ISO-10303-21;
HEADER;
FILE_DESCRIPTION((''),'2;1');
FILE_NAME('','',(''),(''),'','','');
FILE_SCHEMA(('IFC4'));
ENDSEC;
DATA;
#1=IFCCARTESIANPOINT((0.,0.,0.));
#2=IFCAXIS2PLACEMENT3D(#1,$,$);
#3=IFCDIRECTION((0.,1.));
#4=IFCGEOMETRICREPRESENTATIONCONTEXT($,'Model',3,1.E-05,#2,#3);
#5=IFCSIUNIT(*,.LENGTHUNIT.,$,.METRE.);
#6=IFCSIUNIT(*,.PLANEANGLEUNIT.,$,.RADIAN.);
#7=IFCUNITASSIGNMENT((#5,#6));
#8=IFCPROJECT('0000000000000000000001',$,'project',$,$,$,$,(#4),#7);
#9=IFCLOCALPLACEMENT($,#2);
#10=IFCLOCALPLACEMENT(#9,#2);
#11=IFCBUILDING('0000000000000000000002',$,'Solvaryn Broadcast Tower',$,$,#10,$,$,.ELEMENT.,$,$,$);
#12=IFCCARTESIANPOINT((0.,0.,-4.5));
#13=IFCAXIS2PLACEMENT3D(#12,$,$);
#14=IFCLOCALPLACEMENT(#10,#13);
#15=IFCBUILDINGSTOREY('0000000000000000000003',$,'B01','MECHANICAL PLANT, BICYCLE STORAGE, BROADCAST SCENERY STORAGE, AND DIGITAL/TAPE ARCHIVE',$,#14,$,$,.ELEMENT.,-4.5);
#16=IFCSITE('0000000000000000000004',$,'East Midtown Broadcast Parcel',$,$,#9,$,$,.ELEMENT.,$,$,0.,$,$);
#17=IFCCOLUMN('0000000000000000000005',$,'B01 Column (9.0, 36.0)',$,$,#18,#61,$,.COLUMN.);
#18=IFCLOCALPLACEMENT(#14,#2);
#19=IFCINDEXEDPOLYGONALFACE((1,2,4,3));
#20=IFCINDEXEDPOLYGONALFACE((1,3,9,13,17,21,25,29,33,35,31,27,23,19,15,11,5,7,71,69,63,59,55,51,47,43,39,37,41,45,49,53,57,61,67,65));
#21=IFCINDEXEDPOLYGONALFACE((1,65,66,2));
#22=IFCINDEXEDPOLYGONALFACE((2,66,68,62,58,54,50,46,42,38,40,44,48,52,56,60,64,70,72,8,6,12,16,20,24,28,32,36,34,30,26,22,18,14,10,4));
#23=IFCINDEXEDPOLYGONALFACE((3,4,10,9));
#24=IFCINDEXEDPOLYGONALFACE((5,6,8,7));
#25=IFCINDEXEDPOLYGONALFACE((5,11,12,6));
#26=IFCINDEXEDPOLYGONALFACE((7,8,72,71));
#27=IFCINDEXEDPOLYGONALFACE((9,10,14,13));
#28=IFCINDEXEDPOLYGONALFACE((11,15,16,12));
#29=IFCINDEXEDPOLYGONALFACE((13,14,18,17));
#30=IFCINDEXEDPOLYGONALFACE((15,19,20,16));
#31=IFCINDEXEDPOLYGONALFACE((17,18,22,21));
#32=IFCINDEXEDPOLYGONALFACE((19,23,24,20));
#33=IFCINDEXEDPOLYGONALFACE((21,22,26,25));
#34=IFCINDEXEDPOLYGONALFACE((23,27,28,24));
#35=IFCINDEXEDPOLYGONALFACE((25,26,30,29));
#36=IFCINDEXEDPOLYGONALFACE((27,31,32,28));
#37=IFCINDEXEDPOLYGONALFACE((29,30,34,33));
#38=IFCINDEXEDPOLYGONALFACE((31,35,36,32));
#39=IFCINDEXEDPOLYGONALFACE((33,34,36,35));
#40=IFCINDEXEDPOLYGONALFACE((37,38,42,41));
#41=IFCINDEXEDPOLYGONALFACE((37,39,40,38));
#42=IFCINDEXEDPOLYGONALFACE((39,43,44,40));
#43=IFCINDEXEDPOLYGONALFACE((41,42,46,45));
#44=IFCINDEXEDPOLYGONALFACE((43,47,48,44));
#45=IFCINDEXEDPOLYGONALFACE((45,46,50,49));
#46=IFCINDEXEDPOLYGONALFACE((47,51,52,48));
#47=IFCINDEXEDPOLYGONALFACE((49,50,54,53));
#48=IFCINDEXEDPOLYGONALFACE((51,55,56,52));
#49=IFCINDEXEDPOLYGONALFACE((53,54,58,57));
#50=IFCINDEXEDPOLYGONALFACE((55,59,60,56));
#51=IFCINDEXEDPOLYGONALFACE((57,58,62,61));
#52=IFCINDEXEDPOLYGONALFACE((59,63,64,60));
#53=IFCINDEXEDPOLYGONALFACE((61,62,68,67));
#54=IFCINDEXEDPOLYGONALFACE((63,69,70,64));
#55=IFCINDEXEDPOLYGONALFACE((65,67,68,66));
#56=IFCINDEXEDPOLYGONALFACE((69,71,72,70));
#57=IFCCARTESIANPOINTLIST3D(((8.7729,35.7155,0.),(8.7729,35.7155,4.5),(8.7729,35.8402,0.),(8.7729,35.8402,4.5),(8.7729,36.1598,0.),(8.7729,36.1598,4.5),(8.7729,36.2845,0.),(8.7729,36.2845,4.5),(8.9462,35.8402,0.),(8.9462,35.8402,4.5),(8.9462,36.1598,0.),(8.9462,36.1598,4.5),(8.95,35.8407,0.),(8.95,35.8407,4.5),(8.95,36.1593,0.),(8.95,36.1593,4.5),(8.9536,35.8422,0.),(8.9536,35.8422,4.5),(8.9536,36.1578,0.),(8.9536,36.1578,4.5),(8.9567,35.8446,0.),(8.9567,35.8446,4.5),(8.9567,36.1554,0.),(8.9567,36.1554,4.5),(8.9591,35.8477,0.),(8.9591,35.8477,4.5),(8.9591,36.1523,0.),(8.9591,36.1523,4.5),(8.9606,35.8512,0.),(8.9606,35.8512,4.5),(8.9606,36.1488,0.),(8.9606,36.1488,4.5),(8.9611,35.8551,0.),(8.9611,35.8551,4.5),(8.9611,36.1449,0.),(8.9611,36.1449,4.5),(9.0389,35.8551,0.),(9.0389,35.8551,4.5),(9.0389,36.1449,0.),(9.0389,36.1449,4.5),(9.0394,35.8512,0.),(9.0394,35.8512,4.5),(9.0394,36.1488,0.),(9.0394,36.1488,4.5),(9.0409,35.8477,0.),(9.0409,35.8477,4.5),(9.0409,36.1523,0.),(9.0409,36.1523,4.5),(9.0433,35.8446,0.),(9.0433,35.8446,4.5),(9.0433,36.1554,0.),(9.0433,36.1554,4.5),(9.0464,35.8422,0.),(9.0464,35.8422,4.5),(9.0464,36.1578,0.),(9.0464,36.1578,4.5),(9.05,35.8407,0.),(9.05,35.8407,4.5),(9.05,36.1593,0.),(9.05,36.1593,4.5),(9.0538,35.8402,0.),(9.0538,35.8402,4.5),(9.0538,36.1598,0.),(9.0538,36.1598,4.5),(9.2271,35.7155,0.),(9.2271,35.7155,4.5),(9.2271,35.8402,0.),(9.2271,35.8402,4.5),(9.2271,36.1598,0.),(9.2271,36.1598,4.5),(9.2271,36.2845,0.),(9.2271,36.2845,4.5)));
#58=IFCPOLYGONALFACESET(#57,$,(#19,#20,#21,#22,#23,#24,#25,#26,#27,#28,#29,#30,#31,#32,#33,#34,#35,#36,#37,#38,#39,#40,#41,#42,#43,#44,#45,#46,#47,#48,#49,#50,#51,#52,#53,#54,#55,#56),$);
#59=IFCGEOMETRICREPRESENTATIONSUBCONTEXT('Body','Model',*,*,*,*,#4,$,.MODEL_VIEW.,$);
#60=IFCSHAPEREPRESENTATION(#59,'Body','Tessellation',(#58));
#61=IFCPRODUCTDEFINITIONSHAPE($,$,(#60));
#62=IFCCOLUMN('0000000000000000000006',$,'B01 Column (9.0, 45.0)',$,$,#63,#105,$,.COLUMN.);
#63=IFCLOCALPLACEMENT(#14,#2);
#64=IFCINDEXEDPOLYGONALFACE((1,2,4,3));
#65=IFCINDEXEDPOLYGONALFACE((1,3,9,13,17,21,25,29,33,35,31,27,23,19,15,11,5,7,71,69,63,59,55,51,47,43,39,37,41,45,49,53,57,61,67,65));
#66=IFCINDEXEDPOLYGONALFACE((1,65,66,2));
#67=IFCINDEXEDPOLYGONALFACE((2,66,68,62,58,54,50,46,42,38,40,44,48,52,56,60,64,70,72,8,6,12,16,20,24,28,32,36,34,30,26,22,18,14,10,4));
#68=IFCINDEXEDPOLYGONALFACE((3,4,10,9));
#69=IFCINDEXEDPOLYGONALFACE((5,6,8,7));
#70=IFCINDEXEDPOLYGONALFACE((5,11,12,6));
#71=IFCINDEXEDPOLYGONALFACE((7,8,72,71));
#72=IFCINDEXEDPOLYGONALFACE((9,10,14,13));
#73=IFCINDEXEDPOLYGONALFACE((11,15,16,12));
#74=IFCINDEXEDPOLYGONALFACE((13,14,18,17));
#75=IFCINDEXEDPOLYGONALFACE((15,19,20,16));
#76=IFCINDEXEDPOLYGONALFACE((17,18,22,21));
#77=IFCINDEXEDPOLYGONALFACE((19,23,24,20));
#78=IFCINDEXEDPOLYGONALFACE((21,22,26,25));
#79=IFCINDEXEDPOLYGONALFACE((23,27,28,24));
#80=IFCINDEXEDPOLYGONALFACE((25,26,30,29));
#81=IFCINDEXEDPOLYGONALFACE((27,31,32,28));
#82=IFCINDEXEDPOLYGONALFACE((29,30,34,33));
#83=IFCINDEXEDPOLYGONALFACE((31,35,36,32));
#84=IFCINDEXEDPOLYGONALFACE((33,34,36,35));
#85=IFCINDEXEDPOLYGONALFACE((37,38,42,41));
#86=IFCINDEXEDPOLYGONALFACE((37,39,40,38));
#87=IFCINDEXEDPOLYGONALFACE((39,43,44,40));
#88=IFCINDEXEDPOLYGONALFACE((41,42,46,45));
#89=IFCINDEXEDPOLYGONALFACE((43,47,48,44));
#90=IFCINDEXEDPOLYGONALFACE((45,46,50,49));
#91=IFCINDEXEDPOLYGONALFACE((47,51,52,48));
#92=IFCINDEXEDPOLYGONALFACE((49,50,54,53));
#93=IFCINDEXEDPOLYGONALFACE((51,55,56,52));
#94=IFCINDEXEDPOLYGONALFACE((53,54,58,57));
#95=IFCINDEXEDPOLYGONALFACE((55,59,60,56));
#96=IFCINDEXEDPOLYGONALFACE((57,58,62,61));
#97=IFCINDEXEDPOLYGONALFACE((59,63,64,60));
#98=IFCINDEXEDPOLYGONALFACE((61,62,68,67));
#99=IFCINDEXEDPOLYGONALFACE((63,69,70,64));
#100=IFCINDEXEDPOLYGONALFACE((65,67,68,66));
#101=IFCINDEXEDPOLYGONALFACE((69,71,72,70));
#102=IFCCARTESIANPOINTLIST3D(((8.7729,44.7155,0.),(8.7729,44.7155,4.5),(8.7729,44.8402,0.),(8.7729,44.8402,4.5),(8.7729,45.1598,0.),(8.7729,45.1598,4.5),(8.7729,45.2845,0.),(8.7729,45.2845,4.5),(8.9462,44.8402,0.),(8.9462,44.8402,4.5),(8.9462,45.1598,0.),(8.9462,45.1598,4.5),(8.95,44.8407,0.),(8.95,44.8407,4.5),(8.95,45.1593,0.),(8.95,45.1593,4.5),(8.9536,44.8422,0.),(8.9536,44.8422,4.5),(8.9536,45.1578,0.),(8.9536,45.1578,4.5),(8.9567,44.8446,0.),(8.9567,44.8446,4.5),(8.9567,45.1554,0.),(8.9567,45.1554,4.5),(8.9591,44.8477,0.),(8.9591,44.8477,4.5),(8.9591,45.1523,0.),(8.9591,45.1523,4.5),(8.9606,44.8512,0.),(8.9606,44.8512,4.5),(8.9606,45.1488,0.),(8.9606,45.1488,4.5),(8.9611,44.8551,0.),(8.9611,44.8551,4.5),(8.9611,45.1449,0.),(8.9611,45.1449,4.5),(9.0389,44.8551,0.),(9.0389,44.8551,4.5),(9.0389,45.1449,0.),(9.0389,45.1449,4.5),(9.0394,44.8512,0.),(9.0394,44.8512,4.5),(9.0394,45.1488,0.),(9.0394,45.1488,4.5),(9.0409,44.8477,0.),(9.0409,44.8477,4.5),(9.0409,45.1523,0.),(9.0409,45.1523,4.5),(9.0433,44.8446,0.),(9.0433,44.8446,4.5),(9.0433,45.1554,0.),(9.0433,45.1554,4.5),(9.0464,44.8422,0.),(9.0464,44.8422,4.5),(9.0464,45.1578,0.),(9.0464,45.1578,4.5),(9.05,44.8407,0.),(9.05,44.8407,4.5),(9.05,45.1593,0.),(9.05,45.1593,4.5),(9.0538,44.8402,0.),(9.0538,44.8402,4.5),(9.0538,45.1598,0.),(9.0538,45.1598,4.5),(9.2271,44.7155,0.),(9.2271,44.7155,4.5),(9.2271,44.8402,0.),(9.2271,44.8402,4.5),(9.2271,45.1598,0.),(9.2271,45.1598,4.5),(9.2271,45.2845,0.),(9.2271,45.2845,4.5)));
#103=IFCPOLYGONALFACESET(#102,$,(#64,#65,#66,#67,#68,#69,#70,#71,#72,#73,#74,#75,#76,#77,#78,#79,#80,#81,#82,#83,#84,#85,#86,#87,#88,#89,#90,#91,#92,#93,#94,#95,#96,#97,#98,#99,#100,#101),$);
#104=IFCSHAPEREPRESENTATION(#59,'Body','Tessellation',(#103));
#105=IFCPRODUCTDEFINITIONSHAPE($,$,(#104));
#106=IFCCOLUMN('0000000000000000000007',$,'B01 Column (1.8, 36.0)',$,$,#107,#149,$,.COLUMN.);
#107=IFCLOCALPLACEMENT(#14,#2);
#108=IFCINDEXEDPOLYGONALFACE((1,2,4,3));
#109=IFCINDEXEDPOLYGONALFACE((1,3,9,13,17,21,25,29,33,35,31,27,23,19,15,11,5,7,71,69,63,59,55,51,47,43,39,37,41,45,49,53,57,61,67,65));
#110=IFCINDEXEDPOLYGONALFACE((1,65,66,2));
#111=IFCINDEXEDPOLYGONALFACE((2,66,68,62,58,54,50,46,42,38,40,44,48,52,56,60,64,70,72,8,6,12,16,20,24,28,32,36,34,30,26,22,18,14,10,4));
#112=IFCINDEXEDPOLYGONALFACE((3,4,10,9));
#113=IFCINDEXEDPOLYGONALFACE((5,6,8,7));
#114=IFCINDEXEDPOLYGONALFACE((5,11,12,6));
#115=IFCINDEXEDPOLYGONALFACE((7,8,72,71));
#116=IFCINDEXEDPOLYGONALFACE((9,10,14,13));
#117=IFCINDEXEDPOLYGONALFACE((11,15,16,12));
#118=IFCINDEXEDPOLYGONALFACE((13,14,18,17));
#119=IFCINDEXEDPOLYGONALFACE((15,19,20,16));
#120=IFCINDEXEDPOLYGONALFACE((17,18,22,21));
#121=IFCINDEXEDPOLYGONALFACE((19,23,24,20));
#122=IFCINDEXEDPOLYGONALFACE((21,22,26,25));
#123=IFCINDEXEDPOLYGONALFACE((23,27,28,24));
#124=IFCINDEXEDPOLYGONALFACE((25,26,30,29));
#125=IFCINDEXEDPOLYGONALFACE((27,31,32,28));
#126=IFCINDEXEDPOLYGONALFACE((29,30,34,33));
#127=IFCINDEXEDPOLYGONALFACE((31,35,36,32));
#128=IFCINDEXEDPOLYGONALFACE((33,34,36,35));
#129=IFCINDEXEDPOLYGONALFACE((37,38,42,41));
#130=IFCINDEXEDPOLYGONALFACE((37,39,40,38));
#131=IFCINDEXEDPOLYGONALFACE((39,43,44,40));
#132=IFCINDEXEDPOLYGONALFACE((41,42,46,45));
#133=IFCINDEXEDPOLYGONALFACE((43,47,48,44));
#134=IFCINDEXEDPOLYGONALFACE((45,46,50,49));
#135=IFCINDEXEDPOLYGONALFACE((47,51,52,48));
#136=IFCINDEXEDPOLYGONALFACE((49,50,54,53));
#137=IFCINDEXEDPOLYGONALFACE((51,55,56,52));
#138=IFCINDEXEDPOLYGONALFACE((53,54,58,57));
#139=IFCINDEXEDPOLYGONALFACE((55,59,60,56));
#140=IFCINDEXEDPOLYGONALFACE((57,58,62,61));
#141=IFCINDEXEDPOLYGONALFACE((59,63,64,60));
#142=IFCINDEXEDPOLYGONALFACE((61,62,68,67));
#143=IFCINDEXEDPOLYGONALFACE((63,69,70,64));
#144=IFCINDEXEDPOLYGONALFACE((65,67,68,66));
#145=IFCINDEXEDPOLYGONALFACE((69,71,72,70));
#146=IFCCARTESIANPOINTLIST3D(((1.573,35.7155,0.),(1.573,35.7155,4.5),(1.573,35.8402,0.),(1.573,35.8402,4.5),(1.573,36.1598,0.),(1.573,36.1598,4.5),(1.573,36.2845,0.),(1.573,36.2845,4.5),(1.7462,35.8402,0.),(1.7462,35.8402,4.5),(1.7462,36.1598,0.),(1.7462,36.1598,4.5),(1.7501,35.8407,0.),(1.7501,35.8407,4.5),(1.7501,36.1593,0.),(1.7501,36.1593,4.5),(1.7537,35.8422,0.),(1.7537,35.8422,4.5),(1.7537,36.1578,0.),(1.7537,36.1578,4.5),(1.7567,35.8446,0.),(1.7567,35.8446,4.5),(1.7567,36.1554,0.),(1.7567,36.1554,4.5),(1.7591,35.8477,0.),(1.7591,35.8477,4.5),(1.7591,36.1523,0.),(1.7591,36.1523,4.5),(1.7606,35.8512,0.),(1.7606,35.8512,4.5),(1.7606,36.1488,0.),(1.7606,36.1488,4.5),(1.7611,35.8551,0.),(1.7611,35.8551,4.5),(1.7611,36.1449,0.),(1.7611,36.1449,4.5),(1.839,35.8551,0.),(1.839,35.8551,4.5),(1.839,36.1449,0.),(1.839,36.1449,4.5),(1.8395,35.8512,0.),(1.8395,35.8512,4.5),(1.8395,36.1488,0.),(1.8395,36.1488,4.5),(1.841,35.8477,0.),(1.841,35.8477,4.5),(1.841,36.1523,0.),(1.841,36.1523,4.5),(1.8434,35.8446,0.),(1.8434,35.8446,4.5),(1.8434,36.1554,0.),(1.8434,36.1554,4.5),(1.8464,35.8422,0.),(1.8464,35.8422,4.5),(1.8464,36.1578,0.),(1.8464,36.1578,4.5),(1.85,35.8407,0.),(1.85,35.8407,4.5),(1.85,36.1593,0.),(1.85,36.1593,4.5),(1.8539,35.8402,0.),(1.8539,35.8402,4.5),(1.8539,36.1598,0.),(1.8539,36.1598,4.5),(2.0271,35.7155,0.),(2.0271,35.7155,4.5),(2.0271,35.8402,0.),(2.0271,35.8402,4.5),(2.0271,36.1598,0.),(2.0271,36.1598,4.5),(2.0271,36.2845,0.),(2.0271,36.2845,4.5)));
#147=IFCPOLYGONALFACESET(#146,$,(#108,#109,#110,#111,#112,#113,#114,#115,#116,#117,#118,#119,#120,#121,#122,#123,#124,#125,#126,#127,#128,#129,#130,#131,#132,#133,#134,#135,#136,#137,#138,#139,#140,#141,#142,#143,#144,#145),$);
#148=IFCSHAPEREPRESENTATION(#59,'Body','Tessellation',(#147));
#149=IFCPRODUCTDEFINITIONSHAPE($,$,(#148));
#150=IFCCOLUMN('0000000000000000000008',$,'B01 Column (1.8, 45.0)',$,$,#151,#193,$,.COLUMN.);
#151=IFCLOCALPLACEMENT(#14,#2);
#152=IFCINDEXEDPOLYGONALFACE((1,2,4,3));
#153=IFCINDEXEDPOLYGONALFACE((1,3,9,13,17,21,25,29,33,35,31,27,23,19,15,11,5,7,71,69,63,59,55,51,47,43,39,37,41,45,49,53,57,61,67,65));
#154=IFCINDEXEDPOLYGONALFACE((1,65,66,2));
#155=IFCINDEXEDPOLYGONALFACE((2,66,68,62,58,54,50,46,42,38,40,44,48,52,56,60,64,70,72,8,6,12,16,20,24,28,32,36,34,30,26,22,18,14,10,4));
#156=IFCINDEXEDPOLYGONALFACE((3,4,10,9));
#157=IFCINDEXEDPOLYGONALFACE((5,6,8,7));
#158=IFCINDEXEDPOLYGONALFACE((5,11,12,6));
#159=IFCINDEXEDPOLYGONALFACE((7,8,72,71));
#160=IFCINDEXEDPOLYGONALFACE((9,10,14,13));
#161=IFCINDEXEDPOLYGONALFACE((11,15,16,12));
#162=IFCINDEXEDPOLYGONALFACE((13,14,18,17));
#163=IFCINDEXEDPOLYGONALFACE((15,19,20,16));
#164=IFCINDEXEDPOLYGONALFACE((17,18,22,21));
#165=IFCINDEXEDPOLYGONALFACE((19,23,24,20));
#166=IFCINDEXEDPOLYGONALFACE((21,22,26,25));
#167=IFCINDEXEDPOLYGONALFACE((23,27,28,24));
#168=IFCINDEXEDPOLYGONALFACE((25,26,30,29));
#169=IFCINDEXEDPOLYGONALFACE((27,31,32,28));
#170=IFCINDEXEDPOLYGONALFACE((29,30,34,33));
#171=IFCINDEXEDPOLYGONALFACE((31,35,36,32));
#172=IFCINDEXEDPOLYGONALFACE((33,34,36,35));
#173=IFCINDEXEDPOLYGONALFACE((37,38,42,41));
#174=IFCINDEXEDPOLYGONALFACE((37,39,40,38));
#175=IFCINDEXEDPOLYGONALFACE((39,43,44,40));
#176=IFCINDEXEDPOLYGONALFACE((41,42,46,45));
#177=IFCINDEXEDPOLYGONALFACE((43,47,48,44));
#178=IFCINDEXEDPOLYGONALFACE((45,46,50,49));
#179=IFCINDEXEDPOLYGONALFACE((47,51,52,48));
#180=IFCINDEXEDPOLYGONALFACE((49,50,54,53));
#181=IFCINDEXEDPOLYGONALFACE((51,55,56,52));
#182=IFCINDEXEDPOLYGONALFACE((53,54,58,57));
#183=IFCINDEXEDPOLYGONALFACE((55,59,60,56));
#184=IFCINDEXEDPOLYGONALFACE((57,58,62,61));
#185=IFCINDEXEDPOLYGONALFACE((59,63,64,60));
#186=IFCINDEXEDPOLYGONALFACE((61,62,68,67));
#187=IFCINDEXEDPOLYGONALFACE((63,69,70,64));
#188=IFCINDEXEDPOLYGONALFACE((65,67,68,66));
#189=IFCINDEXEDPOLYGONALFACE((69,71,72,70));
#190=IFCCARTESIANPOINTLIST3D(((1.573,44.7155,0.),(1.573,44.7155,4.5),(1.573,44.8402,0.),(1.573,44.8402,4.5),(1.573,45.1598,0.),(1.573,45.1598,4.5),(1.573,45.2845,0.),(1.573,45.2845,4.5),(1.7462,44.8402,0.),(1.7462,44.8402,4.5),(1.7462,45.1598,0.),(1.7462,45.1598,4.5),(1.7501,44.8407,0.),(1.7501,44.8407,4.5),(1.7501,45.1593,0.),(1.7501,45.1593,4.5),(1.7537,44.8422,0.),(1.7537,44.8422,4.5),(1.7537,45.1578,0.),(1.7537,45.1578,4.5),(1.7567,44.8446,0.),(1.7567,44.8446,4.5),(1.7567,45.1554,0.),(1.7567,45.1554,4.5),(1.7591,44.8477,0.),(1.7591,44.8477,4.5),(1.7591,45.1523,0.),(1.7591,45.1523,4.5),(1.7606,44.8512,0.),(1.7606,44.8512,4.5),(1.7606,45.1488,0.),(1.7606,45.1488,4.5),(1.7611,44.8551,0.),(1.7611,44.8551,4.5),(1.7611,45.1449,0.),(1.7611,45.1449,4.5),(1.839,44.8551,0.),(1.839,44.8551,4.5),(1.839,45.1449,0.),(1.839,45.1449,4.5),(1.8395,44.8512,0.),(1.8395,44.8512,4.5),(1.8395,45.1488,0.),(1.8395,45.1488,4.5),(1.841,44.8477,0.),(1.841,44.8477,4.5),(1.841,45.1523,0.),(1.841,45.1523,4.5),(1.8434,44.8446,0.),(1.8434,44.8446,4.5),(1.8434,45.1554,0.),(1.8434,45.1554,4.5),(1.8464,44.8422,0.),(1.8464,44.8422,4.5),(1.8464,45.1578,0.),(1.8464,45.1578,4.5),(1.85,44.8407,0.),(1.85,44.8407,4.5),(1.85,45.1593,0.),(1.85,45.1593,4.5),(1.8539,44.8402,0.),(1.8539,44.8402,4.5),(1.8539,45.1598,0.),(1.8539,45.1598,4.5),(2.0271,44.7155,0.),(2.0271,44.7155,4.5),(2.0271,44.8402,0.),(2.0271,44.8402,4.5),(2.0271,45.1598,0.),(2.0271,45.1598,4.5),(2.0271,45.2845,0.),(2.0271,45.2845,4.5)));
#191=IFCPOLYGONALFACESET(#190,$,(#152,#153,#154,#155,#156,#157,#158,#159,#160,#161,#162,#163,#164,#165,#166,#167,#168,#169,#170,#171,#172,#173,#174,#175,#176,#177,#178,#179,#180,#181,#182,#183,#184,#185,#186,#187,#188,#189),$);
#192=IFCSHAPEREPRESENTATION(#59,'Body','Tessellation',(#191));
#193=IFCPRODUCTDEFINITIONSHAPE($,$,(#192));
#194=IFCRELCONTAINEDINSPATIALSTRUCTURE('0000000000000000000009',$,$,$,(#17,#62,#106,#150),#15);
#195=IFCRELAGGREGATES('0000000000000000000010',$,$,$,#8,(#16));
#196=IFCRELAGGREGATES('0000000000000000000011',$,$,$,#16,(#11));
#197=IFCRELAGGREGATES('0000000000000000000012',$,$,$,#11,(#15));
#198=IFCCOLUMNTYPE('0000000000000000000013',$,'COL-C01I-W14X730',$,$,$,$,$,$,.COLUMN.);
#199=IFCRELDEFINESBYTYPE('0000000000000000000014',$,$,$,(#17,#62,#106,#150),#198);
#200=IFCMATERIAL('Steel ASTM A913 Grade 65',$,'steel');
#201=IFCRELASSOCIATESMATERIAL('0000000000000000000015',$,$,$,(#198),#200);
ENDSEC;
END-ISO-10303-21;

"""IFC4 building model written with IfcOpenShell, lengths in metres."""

from ifc_helpers import new_model, si_unit, direction, frame, origin, origin_2d, place, context, subcontext, project, spatial, i_section, extrude, material, material_profile, profile_set, type_object, element, save


model = new_model("IFC4")

# Units and contexts
model_context = context("Model", 3, precision=1e-05, world=origin(), true_north=direction((0.0, 1.0)))
body_context = subcontext(model_context, "Body", "Model", "MODEL_VIEW")
ifc_project = project(units=[si_unit("LENGTHUNIT", "METRE"), si_unit("PLANEANGLEUNIT", "RADIAN")], contexts=[model_context])

# Site, building, storey
site_placement = place(None, origin())
site = spatial("IfcSite", under=ifc_project, at=site_placement, Name="East Midtown Broadcast Parcel", CompositionType="ELEMENT", RefElevation=0.0)
building_placement = place(site_placement, origin())
building = spatial("IfcBuilding", under=site, at=building_placement, Name="Solvaryn Broadcast Tower", CompositionType="ELEMENT")
storey_placement = place(building_placement, frame((0.0, 0.0, -4.5)))
storey = spatial("IfcBuildingStorey", under=building, at=storey_placement, Name="B01", Description="MECHANICAL PLANT, BICYCLE STORAGE, BROADCAST SCENERY STORAGE, AND DIGITAL/TAPE ARCHIVE", CompositionType="ELEMENT", Elevation=-4.5)

# Columns
ifc_material_1 = material(Name="Steel ASTM A913 Grade 65", Category="steel")
ifc_material_profile_1 = material_profile(ifc_material_1, i_section(OverallWidth=0.4541, OverallDepth=0.5691, WebThickness=0.0779, FlangeThickness=0.1248, FilletRadius=0.0149, at=origin_2d()))
ifc_profile_set_1 = profile_set([ifc_material_profile_1], Name="Steel ASTM A913 Grade 65")
column_type_1 = type_object("IfcColumnType", Name="COL-C01I-W14X730", PredefinedType="COLUMN", material=ifc_profile_set_1)
for number, where, z_axis, x_axis, name in (
    (1, (9.0, 36.0, 0.0), (0.0, 0.0, 1.0), (1.0, 0.0, 0.0), "B01 Column (9.0, 36.0)"),
    (2, (9.0, 45.0, 0.0), (0.0, 0.0, 1.0), (1.0, 0.0, 0.0), "B01 Column (9.0, 45.0)"),
    (3, (1.8, 36.0, 0.0), (0.0, 0.0, 1.0), (1.0, 0.0, 0.0), "B01 Column (1.8, 36.0)"),
    (4, (1.8, 45.0, 0.0), (0.0, 0.0, 1.0), (1.0, 0.0, 0.0), "B01 Column (1.8, 45.0)"),
):
    element("IfcColumn", number, at=place(storey_placement, frame(where, z_axis=z_axis, x_axis=x_axis)), inside=storey, type_object=column_type_1, Name=name, PredefinedType="COLUMN", context=body_context, shape_type="SweptSolid", body=[
        extrude(i_section(OverallWidth=0.4541, OverallDepth=0.5691, WebThickness=0.0779, FlangeThickness=0.1248, FilletRadius=0.0149, at=origin_2d()), origin(), (0.0, 0.0, 1.0), 4.5),
    ])

save(model, "model.ifc")
